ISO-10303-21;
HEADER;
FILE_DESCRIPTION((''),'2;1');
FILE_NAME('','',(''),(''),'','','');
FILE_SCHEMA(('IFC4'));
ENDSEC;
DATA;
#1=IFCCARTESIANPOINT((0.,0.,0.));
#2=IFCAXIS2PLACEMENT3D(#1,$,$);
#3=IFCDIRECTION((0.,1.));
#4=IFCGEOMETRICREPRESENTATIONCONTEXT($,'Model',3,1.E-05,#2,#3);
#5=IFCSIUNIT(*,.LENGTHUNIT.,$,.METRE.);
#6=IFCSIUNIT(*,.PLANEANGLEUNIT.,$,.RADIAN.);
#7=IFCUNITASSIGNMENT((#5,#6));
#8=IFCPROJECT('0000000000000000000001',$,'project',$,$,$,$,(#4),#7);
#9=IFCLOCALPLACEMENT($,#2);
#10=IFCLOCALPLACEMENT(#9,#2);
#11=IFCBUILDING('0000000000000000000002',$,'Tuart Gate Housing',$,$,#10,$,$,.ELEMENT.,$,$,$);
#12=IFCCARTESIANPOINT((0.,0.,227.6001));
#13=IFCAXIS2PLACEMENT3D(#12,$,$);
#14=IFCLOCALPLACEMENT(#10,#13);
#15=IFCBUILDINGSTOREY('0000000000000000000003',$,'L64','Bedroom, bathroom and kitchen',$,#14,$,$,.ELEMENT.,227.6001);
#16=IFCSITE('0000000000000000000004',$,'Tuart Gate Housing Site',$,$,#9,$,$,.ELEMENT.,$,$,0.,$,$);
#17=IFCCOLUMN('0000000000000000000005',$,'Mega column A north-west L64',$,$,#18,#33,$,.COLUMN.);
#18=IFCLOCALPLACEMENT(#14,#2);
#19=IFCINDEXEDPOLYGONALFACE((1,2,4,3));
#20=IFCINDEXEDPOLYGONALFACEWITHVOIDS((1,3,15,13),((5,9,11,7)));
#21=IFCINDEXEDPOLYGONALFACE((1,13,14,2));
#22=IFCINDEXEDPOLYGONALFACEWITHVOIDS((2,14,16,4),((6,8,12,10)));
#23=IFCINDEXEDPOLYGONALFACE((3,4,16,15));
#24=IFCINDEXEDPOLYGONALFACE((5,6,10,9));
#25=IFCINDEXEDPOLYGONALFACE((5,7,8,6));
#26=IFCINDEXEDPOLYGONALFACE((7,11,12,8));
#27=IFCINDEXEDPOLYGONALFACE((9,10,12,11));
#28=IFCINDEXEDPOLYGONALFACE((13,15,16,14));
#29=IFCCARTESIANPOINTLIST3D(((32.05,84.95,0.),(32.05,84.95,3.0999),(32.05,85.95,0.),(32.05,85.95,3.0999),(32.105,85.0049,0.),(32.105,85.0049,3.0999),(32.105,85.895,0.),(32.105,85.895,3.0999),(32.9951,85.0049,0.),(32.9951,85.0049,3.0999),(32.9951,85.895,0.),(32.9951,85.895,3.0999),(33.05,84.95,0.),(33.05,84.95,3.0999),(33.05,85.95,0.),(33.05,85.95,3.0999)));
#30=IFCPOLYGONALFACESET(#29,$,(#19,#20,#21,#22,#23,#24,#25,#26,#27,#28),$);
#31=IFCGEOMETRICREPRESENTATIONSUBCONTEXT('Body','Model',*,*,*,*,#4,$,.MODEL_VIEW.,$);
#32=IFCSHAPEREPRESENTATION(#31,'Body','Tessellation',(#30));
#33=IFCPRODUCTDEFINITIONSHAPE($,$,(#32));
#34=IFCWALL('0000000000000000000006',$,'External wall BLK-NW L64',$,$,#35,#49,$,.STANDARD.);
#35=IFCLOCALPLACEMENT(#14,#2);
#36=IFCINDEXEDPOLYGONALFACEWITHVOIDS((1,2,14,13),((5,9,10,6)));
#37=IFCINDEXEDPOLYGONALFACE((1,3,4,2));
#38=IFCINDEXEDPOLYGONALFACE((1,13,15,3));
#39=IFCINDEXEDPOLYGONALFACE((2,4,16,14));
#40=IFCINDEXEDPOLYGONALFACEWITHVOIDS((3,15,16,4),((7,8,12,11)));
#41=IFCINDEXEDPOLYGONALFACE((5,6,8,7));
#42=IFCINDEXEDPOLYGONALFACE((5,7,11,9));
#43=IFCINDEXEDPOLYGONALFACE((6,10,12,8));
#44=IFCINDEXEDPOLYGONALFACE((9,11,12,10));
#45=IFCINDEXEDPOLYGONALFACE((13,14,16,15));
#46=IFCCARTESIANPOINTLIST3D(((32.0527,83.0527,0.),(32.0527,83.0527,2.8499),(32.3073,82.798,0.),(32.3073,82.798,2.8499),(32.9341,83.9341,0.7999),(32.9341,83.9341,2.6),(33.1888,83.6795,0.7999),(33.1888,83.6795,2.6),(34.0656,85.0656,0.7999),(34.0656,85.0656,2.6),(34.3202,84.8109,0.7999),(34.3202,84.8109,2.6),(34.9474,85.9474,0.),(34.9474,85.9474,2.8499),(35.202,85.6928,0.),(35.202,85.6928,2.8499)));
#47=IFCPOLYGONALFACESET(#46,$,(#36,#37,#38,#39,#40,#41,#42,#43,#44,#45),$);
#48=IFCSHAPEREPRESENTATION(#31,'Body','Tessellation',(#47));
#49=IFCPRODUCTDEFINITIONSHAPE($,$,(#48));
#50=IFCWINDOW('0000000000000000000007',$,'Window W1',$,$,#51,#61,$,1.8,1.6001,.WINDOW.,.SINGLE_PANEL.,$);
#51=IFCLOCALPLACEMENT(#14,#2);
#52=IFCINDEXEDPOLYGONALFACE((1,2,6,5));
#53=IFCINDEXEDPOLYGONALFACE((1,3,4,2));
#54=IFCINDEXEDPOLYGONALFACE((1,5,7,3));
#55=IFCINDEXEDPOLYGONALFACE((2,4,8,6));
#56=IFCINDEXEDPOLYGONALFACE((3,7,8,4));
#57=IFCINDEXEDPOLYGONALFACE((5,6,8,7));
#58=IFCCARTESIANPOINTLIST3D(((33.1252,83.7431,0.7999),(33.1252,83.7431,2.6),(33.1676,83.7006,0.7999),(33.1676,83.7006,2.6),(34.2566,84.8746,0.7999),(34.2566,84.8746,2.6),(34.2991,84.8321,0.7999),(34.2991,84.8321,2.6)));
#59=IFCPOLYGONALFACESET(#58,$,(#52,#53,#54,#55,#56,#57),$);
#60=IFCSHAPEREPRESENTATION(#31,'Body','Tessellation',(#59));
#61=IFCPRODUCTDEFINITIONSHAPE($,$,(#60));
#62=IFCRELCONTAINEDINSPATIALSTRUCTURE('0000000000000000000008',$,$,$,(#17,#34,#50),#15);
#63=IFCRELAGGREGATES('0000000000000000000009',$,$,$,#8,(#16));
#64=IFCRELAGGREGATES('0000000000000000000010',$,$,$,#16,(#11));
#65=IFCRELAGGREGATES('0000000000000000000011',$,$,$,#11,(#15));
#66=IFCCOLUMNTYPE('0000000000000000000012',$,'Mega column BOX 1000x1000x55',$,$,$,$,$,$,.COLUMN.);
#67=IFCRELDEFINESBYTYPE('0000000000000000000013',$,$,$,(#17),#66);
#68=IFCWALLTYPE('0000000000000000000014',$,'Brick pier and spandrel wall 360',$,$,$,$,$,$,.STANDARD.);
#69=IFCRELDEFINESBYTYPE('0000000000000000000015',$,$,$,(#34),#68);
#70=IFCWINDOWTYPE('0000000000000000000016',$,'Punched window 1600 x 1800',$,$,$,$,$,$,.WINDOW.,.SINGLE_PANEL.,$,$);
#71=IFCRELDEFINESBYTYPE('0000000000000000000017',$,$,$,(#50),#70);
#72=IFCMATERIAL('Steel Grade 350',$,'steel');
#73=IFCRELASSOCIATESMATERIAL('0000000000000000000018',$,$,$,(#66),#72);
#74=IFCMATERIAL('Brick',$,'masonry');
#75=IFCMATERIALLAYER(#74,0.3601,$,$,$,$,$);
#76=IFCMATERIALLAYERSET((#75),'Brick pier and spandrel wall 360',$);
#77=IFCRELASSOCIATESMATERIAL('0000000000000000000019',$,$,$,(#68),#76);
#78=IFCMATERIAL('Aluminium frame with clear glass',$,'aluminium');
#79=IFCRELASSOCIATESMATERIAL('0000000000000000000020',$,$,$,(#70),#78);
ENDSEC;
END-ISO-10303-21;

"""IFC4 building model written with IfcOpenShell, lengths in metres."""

from ifc_helpers import new_model, si_unit, direction, frame, frame_2d, origin, origin_2d, place, context, subcontext, project, spatial, rectangle, hollow_rectangle, extrude, material, layer, layer_set, material_profile, profile_set, type_object, element, fill, save


model = new_model("IFC4")

# Units and contexts
model_context = context("Model", 3, precision=1e-05, world=origin(), true_north=direction((0.0, 1.0)))
body_context = subcontext(model_context, "Body", "Model", "MODEL_VIEW")
ifc_project = project(units=[si_unit("LENGTHUNIT", "METRE"), si_unit("PLANEANGLEUNIT", "RADIAN")], contexts=[model_context])

# Site, building, storey
site_placement = place(None, origin())
site = spatial("IfcSite", under=ifc_project, at=site_placement, Name="Tuart Gate Housing Site", CompositionType="ELEMENT", RefElevation=0.0)
building_placement = place(site_placement, origin())
building = spatial("IfcBuilding", under=site, at=building_placement, Name="Tuart Gate Housing", CompositionType="ELEMENT")
storey_placement = place(building_placement, frame((0.0, 0.0, 227.6001)))
storey = spatial("IfcBuildingStorey", under=building, at=storey_placement, Name="L64", Description="Bedroom, bathroom and kitchen", CompositionType="ELEMENT", Elevation=227.6001)

# Column
ifc_material_1 = material(Name="Steel Grade 350", Category="steel")
ifc_material_profile = material_profile(ifc_material_1, hollow_rectangle(XDim=1.0, YDim=1.0, WallThickness=0.0549, at=origin_2d()), Name="BOX 1000x1000x55")
ifc_profile_set = profile_set([ifc_material_profile], Name="Steel Grade 350")
column_type = type_object("IfcColumnType", Name="Mega column BOX 1000x1000x55", PredefinedType="COLUMN", material=ifc_profile_set)
column_placement = place(storey_placement, frame((32.55, 85.45, 0.0), z_axis=(0.0, 0.0, 1.0), x_axis=(1.0, 0.0, 0.0)))
element("IfcColumn", 1, at=column_placement, inside=storey, type_object=column_type, Name="Mega column A north-west L64", PredefinedType="COLUMN", context=body_context, shape_type="SweptSolid", body=[
    extrude(hollow_rectangle(XDim=1.0, YDim=1.0, WallThickness=0.0549, at=origin_2d()), origin(), (0.0, 0.0, 1.0), 3.0999),
])

# Wall, opening, window
ifc_material_2 = material(Name="Brick", Category="masonry")
ifc_layer_1 = layer(ifc_material_2, 0.3601)
ifc_layer_set_1 = layer_set([ifc_layer_1], Name="Brick pier and spandrel wall 360")
wall_type_1 = type_object("IfcWallType", Name="Brick pier and spandrel wall 360", PredefinedType="STANDARD", material=ifc_layer_set_1)
wall_1_placement = place(storey_placement, frame((35.0747, 85.8201, 0.0), z_axis=(0.0, 0.0, 1.0), x_axis=(-0.707107, -0.707107, 0.0)))
wall_1 = element("IfcWall", 2, at=wall_1_placement, inside=storey, type_object=wall_type_1, Name="External wall BLK-NW L64", PredefinedType="STANDARD", context=body_context, shape_type="SweptSolid", body=[
    extrude(rectangle(XDim=4.0938, YDim=0.3601, at=frame_2d((2.0469, 0.0))), origin(), (0.0, 0.0, 1.0), 2.8499),
])
opening_1_placement = place(wall_1_placement, frame((1.2471, 0.0, 0.8)))
opening_1 = element("IfcOpeningElement", 3, at=opening_1_placement, cuts=wall_1, PredefinedType="OPENING", context=body_context, shape_type="SweptSolid", body=[
    extrude(rectangle(XDim=1.6001, YDim=1.8, at=frame_2d((0.8, 0.8999))), frame((0.0, 0.1899, 0.0), z_axis=(0.0, -1.0, 0.0), x_axis=(1.0, 0.0, 0.0)), (0.0, 0.0, 1.0), 0.3801),
])
ifc_material_3 = material(Name="Aluminium frame with clear glass", Category="aluminium")
window_type_1 = type_object("IfcWindowType", Name="Punched window 1600 x 1800", PartitioningType="SINGLE_PANEL", PredefinedType="WINDOW", material=ifc_material_3)
window_1_placement = place(opening_1_placement, origin())
window_1 = element("IfcWindow", 4, at=window_1_placement, inside=storey, type_object=window_type_1, Name="Window W1", OverallHeight=1.8, OverallWidth=1.6001, PartitioningType="SINGLE_PANEL", PredefinedType="WINDOW", context=body_context, shape_type="SweptSolid", body=[
    extrude(rectangle(XDim=1.6001, YDim=1.8, at=frame_2d((0.8, 0.8999))), frame((0.0, 0.1501, 0.0), z_axis=(0.0, -1.0, 0.0), x_axis=(1.0, 0.0, 0.0)), (0.0, 0.0, 1.0), 0.0601),
])
fill(opening_1, window_1)

save(model, "model.ifc")
